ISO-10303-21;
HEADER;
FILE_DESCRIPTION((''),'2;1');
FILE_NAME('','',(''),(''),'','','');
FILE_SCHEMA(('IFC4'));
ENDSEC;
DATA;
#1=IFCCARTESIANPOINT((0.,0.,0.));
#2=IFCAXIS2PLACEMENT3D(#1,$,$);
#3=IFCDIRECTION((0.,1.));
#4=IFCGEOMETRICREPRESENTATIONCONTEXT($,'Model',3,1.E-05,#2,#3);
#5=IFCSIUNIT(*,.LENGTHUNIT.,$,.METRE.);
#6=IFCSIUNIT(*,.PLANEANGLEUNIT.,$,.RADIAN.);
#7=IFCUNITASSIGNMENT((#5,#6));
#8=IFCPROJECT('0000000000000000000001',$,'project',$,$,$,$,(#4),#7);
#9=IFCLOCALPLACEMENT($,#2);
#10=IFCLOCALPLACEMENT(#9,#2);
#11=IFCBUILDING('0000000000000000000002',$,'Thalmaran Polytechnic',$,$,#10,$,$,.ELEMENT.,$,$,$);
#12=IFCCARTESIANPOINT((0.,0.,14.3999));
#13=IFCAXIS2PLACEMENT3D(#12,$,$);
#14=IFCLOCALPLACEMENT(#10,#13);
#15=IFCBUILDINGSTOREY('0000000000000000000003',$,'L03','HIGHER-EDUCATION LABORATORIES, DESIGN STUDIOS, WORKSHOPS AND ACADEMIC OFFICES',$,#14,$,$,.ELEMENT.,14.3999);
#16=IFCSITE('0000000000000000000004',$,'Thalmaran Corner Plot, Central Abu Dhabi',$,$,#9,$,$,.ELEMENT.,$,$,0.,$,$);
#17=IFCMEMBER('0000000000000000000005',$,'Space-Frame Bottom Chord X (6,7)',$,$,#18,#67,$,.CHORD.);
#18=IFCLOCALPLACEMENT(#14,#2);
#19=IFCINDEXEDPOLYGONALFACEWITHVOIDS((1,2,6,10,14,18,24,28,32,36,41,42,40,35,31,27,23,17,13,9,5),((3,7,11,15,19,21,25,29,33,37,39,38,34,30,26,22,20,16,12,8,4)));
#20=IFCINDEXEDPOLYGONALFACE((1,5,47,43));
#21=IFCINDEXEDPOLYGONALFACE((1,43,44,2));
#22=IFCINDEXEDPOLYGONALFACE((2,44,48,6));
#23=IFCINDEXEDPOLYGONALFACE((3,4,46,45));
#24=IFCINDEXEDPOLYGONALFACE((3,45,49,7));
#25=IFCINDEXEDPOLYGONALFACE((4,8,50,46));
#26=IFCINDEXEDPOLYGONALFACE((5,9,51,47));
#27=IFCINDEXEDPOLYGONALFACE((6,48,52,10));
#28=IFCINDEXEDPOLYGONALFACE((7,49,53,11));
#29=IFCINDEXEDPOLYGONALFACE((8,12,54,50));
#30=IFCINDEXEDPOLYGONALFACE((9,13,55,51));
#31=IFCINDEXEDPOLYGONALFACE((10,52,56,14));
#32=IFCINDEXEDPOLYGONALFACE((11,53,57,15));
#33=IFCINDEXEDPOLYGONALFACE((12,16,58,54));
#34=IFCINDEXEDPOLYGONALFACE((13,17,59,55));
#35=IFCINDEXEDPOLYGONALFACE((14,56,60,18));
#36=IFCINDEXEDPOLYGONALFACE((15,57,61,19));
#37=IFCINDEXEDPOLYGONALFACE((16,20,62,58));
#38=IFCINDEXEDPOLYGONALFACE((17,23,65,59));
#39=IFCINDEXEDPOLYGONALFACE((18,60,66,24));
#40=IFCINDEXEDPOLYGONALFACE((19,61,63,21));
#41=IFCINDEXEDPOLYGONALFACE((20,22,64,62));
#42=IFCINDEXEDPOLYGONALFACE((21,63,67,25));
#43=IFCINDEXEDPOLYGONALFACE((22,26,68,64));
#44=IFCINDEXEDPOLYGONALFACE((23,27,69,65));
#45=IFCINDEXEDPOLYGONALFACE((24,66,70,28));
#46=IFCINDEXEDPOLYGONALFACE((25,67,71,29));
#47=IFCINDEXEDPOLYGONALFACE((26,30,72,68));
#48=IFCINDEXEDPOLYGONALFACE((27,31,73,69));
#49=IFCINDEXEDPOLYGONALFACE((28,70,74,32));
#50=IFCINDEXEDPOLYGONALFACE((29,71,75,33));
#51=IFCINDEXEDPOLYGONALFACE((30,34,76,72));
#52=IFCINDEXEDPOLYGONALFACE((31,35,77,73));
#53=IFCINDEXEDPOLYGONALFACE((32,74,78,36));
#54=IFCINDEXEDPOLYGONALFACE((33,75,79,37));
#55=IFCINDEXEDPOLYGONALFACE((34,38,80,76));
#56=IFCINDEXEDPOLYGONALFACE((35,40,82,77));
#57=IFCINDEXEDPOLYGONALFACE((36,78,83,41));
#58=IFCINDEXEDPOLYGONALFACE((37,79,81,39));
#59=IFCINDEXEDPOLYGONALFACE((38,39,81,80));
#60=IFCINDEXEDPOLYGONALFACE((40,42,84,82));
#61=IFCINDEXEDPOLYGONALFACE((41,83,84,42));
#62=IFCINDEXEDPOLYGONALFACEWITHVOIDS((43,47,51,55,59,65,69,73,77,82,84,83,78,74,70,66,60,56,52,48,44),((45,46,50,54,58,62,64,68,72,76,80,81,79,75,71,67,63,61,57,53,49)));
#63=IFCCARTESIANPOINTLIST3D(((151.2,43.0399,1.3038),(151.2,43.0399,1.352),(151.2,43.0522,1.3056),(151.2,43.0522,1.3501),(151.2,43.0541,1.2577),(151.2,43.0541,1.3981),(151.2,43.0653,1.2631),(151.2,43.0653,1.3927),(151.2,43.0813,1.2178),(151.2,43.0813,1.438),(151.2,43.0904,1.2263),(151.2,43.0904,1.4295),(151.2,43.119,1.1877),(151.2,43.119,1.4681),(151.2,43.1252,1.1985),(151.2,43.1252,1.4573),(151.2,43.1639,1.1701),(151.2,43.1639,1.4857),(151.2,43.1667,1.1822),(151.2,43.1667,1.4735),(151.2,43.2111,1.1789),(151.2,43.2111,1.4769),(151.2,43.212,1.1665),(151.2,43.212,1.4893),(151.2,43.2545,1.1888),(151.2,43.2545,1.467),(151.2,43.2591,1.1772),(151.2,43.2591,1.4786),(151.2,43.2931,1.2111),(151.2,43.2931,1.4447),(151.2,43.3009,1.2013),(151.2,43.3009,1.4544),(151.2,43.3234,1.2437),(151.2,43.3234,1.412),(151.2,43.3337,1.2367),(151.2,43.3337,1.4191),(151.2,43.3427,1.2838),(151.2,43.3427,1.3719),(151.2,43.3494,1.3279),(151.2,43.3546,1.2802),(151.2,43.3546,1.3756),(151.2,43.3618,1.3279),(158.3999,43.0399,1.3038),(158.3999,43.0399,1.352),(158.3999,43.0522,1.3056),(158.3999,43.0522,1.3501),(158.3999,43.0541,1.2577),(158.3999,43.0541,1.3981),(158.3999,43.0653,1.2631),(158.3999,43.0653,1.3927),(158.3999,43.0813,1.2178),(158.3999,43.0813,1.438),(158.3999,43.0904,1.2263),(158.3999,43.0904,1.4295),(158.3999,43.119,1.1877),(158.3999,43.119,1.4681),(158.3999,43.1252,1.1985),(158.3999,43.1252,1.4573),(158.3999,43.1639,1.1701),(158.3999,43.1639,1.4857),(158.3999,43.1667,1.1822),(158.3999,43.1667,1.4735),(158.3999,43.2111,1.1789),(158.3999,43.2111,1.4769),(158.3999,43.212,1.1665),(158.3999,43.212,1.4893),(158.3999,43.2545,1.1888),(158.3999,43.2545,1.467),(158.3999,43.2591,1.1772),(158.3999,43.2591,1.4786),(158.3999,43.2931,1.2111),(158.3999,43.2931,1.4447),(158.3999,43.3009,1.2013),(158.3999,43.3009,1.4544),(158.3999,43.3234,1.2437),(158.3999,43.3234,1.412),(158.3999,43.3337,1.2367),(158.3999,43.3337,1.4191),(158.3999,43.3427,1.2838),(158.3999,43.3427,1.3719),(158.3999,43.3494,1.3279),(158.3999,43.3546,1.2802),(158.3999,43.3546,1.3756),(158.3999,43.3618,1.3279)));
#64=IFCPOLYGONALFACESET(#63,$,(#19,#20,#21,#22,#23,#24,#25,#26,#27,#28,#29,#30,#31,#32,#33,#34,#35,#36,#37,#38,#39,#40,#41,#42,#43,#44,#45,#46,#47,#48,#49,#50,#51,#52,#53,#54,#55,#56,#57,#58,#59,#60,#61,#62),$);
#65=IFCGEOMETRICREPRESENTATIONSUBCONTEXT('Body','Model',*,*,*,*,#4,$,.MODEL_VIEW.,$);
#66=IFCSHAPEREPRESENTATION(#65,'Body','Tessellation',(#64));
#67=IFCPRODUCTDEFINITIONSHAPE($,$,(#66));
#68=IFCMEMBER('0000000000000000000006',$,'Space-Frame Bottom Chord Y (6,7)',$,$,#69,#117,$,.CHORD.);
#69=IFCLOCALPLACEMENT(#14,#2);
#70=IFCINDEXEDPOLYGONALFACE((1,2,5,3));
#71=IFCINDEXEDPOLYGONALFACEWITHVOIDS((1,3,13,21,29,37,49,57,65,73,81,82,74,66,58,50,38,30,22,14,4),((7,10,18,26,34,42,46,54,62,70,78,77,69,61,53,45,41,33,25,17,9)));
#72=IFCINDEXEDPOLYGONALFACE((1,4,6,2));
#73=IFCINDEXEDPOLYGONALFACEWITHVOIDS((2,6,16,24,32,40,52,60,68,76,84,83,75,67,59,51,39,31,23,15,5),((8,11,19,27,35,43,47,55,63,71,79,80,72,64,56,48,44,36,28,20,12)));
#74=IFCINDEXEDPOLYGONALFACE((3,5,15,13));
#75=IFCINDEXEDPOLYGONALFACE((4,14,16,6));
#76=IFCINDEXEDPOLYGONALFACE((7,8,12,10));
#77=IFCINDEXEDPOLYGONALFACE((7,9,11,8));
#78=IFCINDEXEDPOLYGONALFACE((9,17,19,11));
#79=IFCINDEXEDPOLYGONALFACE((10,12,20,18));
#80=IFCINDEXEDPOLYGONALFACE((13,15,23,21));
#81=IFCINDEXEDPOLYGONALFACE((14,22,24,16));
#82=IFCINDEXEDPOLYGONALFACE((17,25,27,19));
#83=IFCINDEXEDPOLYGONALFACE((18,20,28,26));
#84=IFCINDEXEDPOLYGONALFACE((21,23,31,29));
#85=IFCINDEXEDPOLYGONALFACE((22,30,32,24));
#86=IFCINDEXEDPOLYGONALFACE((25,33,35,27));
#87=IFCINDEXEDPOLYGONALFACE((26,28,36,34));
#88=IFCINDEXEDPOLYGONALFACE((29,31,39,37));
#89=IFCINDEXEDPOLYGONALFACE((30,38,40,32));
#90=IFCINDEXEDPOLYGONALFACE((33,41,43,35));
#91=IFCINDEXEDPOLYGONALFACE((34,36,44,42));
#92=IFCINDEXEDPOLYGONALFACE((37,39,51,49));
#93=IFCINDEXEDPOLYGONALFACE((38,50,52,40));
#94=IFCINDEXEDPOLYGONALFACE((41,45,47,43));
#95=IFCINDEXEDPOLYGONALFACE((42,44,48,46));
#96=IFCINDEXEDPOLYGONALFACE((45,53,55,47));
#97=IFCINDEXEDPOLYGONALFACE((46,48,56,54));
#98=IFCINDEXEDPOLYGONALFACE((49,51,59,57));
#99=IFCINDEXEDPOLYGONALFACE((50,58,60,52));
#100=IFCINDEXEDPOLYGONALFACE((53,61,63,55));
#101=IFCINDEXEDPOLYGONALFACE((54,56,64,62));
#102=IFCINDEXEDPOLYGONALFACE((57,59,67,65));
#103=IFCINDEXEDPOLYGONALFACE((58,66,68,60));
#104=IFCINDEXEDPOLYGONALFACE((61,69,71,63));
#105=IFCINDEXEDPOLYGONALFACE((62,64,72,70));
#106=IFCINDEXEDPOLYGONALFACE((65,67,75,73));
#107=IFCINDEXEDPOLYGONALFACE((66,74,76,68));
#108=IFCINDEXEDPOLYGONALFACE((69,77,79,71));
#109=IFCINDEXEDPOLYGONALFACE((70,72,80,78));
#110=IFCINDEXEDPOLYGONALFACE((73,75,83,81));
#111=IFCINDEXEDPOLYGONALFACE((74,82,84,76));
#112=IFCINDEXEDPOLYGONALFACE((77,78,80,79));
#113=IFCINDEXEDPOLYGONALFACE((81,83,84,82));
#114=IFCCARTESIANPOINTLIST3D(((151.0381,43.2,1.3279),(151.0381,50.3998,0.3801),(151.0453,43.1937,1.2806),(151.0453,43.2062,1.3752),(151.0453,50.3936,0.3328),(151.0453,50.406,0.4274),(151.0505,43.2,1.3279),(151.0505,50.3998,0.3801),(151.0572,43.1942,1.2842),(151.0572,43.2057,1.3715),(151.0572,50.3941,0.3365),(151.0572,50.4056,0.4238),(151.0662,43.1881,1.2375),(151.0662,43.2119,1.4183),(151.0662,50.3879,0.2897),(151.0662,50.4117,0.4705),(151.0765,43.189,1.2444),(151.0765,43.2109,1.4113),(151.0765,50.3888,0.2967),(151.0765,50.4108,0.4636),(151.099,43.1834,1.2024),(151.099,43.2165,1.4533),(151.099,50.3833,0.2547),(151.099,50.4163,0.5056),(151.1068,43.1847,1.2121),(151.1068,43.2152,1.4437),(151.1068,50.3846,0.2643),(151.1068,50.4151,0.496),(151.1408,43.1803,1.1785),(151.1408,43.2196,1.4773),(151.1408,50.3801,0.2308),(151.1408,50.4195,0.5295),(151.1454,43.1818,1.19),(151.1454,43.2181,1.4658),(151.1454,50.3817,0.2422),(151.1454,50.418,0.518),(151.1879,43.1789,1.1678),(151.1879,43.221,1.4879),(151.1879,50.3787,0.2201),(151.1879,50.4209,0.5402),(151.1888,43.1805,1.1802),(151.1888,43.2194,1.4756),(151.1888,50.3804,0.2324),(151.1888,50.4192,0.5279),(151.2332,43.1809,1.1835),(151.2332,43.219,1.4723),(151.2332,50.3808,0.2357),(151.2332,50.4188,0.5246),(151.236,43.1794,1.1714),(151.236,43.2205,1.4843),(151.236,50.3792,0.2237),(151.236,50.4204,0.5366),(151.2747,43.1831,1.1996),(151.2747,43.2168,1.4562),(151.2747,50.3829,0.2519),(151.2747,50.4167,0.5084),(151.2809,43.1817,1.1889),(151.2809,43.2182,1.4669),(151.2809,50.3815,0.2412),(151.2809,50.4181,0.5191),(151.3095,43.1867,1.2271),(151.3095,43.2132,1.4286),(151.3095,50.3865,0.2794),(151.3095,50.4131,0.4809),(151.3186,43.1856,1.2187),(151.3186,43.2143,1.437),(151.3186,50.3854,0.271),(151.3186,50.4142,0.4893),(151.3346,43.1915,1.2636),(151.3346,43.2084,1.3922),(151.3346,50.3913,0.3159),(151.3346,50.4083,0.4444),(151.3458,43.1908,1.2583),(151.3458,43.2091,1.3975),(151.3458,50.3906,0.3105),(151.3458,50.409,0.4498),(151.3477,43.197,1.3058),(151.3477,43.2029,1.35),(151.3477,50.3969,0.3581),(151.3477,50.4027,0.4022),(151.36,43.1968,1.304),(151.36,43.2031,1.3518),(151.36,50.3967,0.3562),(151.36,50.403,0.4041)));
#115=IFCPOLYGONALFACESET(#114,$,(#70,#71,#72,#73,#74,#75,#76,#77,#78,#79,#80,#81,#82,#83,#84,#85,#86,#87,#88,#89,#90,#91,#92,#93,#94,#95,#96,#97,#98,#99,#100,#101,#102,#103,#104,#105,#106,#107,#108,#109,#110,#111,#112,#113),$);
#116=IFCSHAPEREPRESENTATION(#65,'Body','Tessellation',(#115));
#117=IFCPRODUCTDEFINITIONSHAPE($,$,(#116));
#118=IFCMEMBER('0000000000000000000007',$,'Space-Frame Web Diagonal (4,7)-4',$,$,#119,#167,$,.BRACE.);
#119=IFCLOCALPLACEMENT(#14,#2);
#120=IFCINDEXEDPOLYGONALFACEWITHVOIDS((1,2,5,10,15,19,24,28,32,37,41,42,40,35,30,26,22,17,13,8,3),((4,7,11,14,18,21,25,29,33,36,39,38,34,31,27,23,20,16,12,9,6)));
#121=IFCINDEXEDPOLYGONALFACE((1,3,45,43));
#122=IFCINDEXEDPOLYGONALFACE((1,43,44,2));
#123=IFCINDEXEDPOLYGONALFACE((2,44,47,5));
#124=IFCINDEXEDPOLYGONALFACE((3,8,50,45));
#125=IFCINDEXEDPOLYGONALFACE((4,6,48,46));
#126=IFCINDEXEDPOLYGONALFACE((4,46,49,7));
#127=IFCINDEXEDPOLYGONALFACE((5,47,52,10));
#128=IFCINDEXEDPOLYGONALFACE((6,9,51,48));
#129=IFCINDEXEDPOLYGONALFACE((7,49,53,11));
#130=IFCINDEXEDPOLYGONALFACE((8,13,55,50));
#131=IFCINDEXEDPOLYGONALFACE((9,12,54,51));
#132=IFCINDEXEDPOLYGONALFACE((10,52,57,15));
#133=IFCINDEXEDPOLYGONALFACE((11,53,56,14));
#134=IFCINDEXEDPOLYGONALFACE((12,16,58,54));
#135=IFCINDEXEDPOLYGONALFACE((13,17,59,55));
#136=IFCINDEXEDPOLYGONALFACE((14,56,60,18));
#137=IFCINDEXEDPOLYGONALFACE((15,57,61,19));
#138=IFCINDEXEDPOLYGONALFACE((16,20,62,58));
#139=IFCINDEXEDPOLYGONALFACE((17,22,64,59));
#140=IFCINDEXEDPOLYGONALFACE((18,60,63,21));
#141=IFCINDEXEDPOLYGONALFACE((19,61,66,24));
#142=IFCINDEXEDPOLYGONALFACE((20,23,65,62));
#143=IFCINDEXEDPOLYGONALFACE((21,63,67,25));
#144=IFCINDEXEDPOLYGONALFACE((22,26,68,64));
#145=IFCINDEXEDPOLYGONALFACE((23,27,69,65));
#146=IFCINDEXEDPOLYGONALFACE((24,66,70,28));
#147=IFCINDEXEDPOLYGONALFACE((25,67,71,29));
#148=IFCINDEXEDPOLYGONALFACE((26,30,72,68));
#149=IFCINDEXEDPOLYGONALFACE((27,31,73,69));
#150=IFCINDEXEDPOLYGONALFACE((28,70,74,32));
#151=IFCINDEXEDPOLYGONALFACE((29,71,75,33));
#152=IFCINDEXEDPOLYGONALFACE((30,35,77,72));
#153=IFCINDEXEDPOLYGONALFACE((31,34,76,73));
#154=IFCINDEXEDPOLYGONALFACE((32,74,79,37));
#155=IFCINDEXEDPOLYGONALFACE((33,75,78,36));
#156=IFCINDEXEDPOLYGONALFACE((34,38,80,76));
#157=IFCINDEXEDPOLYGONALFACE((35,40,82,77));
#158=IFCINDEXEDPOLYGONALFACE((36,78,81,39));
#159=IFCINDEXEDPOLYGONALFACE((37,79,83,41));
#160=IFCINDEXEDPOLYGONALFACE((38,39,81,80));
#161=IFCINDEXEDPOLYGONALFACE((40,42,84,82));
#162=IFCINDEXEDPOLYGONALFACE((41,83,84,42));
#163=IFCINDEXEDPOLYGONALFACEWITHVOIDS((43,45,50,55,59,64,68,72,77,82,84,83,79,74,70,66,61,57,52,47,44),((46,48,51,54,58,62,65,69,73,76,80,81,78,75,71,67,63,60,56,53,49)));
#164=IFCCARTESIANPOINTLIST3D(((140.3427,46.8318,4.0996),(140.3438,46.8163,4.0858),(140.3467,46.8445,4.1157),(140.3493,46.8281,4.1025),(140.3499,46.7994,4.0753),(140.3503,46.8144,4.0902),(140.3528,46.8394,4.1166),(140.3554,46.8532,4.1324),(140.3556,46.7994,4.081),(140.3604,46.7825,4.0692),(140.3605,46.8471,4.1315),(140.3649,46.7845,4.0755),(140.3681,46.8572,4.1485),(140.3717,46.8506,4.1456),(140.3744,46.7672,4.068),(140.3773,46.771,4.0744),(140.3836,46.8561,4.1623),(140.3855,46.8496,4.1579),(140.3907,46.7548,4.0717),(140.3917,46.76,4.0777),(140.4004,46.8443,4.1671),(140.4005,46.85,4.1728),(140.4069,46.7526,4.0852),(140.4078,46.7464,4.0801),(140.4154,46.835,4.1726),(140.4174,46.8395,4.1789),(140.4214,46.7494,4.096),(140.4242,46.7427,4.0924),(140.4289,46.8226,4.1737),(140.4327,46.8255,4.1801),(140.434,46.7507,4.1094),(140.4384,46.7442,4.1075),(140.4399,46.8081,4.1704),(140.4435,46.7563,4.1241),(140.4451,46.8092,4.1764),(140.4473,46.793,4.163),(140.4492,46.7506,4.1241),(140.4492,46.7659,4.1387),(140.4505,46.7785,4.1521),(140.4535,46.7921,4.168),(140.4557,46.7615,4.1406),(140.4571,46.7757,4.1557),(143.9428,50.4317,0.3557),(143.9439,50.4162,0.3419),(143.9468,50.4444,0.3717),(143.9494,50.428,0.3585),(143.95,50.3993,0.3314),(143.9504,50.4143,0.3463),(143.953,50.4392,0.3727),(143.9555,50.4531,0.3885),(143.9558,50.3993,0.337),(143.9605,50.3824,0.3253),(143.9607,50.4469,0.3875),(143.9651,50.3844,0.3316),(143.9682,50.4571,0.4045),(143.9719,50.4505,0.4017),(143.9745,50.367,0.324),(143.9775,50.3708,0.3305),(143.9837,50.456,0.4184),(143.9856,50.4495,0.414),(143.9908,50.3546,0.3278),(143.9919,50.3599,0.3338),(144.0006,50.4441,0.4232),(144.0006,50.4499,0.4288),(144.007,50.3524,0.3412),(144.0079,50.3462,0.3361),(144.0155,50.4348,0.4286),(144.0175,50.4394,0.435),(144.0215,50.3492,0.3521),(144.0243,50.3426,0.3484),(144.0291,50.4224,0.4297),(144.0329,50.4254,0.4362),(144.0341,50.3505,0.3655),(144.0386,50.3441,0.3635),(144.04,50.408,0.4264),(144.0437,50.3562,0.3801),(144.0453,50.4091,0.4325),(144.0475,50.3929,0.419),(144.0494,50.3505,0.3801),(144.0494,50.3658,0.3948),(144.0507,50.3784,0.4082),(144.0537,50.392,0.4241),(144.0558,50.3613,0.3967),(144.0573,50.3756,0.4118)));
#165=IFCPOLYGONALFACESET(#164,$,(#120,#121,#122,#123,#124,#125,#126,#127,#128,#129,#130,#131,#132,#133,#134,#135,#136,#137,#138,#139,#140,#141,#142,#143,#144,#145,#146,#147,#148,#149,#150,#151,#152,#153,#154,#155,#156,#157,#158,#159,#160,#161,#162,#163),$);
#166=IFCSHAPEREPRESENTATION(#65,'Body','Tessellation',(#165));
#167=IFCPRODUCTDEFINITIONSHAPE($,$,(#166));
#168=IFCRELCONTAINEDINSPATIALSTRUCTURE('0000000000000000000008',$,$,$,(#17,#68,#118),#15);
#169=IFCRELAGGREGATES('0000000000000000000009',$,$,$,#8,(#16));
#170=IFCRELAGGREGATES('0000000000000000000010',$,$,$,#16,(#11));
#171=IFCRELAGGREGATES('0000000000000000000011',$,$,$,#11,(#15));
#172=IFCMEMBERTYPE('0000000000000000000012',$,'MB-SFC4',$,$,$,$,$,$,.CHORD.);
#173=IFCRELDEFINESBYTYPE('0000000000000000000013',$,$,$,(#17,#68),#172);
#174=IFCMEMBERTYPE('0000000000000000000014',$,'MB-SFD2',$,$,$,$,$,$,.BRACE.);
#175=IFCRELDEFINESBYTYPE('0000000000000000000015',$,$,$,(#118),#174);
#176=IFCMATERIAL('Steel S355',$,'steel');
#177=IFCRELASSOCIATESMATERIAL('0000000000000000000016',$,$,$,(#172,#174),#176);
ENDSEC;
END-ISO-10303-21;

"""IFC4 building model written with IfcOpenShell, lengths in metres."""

from ifc_helpers import new_model, si_unit, direction, frame, origin, origin_2d, place, context, subcontext, project, spatial, hollow_circle, extrude, material, material_profile, profile_set, type_object, element, save


model = new_model("IFC4")

# Units and contexts
model_context = context("Model", 3, precision=1e-05, world=origin(), true_north=direction((0.0, 1.0)))
body_context = subcontext(model_context, "Body", "Model", "MODEL_VIEW")
ifc_project = project(units=[si_unit("LENGTHUNIT", "METRE"), si_unit("PLANEANGLEUNIT", "RADIAN")], contexts=[model_context])

# Site, building, storey
site_placement = place(None, origin())
site = spatial("IfcSite", under=ifc_project, at=site_placement, Name="Thalmaran Corner Plot, Central Abu Dhabi", CompositionType="ELEMENT", RefElevation=0.0)
building_placement = place(site_placement, origin())
building = spatial("IfcBuilding", under=site, at=building_placement, Name="Thalmaran Polytechnic", CompositionType="ELEMENT")
storey_placement = place(building_placement, frame((0.0, 0.0, 14.3999)))
storey = spatial("IfcBuildingStorey", under=building, at=storey_placement, Name="L03", Description="HIGHER-EDUCATION LABORATORIES, DESIGN STUDIOS, WORKSHOPS AND ACADEMIC OFFICES", CompositionType="ELEMENT", Elevation=14.3999)

# Shared definitions
ifc_material_1 = material(Name="Steel S355", Category="steel")

# Members
ifc_material_profile_1 = material_profile(ifc_material_1, hollow_circle(Radius=0.1619, WallThickness=0.0125, at=origin_2d()), Name="CHS 323.9x12.5")
ifc_profile_set_1 = profile_set([ifc_material_profile_1], Name="Steel S355")
member_type_1 = type_object("IfcMemberType", Name="MB-SFC4", PredefinedType="CHORD", material=ifc_profile_set_1)
member_1_placement = place(storey_placement, frame((151.2, 43.2, 1.3279), z_axis=(1.0, 0.0, 0.0), x_axis=(0.0, 1.0, 0.0)))
element("IfcMember", 1, at=member_1_placement, inside=storey, type_object=member_type_1, Name="Space-Frame Bottom Chord X (6,7)", PredefinedType="CHORD", context=body_context, shape_type="SweptSolid", body=[
    extrude(hollow_circle(Radius=0.1619, WallThickness=0.0125, at=origin_2d()), origin(), (0.0, 0.0, 1.0), 7.2),
])
member_2_placement = place(storey_placement, frame((151.2, 43.2, 1.3279), z_axis=(0.0, 0.991447, -0.130508), x_axis=(-1.0, 0.0, 0.0)))
element("IfcMember", 2, at=member_2_placement, inside=storey, type_object=member_type_1, Name="Space-Frame Bottom Chord Y (6,7)", PredefinedType="CHORD", context=body_context, shape_type="SweptSolid", body=[
    extrude(hollow_circle(Radius=0.1619, WallThickness=0.0125, at=origin_2d()), origin(), (0.0, 0.0, 1.0), 7.262),
])
ifc_material_profile_2 = material_profile(ifc_material_1, hollow_circle(Radius=0.0698, WallThickness=0.0081, at=origin_2d()), Name="CHS 139.7x8.0")
ifc_profile_set_2 = profile_set([ifc_material_profile_2], Name="Steel S355")
member_type_2 = type_object("IfcMemberType", Name="MB-SFD2", PredefinedType="BRACE", material=ifc_profile_set_2)
for number, where, z_axis, x_axis, name in (
    (3, (144.0, 50.3999, 0.3801), (-0.569678, -0.56964, 0.592433), (0.707083, -0.707131, 0.0), "Space-Frame Web Diagonal (4,7)-4"),
):
    element("IfcMember", number, at=place(storey_placement, frame(where, z_axis=z_axis, x_axis=x_axis)), inside=storey, type_object=member_type_2, Name=name, PredefinedType="BRACE", context=body_context, shape_type="SweptSolid", body=[
        extrude(hollow_circle(Radius=0.0698, WallThickness=0.0081, at=origin_2d()), origin(), (0.0, 0.0, 1.0), 6.3196),
    ])

save(model, "model.ifc")
